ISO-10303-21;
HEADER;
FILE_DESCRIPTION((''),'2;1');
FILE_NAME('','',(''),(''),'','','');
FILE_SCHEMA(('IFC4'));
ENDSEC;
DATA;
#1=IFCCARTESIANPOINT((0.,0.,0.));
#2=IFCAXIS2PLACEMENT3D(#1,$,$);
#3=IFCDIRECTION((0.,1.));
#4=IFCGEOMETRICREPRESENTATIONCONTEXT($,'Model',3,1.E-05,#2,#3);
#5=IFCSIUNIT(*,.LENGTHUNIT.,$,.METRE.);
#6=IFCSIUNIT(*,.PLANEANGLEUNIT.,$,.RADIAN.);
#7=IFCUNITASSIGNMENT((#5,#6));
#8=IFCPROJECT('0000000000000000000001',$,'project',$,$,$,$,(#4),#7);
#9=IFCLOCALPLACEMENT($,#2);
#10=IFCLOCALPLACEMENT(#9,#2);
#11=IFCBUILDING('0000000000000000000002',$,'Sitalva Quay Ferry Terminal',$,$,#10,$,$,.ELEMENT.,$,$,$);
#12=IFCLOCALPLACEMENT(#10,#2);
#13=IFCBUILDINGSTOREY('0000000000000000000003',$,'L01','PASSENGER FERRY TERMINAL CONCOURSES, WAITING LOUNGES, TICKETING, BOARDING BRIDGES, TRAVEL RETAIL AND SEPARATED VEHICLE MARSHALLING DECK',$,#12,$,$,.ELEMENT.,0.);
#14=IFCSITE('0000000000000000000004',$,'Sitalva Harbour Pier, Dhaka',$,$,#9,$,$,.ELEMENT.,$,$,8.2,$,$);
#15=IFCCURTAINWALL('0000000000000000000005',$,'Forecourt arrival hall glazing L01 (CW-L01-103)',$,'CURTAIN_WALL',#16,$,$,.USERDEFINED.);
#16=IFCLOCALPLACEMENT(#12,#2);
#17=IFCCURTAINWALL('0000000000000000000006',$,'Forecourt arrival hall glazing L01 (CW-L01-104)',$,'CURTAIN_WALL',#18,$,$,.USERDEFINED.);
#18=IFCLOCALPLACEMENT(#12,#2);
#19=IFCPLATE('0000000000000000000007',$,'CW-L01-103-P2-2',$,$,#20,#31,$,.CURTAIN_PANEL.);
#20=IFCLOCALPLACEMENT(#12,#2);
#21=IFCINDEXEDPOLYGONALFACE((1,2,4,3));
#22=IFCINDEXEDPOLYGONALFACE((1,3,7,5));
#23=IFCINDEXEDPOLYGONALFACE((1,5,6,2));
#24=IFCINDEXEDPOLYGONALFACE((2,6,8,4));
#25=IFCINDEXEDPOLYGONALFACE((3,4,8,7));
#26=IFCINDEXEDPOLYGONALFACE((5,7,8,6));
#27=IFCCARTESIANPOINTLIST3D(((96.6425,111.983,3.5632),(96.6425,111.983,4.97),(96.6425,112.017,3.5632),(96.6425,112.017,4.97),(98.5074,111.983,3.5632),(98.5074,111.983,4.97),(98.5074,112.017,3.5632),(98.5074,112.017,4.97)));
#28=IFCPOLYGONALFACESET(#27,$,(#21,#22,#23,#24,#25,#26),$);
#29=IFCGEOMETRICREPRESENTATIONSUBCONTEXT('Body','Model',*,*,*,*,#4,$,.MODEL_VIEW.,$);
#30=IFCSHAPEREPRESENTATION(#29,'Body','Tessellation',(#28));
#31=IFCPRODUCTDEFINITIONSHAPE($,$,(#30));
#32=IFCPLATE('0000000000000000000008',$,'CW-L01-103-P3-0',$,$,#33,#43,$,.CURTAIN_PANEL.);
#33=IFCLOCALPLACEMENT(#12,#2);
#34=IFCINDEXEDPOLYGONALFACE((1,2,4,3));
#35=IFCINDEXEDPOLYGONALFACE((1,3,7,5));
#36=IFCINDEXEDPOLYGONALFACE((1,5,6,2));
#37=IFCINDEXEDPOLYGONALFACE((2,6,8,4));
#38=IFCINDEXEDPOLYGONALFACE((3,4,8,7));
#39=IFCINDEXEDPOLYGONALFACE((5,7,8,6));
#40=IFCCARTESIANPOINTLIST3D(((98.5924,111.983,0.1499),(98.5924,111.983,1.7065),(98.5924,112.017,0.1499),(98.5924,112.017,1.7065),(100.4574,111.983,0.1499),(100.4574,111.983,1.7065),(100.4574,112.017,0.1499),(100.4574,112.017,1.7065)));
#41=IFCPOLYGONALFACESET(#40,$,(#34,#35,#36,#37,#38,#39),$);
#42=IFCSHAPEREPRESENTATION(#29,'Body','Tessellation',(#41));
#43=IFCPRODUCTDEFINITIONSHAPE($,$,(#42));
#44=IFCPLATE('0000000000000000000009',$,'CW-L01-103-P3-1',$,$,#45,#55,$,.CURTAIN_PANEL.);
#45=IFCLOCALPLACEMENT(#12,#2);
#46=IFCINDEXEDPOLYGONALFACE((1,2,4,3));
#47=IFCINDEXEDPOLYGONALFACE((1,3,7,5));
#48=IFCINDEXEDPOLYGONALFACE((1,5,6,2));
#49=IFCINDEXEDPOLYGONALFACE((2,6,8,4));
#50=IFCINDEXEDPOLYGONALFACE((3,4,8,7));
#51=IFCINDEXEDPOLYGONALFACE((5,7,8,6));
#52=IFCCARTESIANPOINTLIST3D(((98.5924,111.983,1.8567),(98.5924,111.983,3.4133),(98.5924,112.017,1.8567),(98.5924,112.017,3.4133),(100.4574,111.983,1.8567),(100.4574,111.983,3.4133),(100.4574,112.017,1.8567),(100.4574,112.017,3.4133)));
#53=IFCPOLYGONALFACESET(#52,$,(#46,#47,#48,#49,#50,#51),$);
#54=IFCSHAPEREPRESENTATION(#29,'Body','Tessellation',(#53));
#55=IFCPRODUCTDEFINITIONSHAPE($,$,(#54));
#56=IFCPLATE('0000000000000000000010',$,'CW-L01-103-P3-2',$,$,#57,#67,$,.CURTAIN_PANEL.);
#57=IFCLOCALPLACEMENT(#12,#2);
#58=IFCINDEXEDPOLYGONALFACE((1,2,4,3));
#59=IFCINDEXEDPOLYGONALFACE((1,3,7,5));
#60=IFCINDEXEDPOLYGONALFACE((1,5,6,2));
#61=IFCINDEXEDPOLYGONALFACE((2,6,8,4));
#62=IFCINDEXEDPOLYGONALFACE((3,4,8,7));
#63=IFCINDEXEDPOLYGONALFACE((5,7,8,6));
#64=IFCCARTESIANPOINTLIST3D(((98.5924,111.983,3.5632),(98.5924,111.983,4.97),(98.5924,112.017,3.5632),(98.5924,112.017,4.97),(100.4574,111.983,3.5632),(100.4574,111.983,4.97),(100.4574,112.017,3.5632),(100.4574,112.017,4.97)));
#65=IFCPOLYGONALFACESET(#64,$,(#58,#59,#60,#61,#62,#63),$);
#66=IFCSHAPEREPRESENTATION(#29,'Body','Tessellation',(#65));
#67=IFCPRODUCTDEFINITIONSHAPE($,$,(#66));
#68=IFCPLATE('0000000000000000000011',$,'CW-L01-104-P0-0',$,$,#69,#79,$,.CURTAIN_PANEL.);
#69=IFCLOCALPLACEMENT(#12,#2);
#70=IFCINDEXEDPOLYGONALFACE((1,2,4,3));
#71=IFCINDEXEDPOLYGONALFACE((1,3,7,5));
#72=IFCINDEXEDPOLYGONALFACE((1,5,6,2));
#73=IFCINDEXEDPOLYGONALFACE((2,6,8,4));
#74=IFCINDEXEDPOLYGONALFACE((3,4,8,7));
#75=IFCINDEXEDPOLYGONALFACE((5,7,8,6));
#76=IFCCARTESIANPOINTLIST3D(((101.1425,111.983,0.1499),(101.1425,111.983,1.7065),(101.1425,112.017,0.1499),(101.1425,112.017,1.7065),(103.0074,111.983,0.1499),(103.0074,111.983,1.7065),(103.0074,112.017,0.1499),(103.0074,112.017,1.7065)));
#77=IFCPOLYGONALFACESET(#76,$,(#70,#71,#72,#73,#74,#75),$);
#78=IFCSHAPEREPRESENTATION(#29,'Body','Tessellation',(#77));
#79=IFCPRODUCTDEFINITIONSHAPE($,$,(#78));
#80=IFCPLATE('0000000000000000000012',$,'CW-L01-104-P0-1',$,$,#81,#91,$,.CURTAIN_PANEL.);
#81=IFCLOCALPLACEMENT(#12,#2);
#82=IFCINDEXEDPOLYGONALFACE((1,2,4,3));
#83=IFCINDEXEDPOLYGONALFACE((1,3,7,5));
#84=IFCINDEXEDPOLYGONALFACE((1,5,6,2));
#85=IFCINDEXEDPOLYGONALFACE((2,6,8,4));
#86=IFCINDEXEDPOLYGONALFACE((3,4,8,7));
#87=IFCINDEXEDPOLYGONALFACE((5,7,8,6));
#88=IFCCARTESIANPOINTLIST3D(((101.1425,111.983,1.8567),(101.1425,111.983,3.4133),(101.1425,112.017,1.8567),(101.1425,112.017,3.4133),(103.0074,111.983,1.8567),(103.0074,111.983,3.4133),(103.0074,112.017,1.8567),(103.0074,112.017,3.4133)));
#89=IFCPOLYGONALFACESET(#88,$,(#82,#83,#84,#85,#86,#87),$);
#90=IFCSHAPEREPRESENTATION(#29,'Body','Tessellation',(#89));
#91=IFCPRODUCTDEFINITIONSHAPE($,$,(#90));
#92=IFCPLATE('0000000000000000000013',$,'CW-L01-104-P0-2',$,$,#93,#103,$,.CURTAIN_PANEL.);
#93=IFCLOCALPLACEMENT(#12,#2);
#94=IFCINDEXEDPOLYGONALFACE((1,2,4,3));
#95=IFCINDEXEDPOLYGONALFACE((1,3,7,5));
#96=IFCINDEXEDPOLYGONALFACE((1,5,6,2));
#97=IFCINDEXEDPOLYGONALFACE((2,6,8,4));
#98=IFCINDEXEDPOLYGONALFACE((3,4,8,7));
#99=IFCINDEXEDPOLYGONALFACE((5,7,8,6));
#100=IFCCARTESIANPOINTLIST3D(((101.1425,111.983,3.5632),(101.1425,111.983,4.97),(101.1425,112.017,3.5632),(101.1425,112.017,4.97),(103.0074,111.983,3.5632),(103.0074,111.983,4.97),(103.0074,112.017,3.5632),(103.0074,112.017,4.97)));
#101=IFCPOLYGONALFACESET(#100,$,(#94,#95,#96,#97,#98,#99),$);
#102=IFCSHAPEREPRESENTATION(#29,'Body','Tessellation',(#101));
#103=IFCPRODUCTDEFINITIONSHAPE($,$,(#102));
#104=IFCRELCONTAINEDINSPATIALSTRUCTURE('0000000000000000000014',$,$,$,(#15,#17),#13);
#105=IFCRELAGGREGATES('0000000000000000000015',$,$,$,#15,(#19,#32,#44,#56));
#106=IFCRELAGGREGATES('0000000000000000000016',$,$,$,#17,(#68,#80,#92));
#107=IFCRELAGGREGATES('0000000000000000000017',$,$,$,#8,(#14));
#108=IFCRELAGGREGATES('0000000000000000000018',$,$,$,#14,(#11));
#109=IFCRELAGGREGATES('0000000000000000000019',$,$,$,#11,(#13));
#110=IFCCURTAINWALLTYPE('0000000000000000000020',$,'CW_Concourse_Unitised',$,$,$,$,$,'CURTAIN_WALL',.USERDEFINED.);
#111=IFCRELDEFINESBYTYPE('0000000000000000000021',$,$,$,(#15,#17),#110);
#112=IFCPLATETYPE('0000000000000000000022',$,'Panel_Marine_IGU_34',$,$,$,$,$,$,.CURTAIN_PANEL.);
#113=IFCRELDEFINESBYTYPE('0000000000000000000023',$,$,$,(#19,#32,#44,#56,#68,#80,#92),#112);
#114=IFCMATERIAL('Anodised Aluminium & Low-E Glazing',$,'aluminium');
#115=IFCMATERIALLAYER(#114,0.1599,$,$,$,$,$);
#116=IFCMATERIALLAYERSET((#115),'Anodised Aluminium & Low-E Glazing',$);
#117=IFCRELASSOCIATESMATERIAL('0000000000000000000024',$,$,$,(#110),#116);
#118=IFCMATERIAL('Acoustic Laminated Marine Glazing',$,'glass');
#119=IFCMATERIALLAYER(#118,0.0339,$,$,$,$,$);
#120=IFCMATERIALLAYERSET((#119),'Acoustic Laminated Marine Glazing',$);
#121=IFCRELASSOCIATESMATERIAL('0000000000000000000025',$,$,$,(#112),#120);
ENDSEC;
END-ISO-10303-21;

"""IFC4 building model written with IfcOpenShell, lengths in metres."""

from ifc_helpers import new_model, si_unit, direction, frame, origin, origin_2d, place, context, subcontext, project, spatial, rectangle, extrude, material, layer, layer_set, type_object, element, aggregate, save


model = new_model("IFC4")

# Units and contexts
model_context = context("Model", 3, precision=1e-05, world=origin(), true_north=direction((0.0, 1.0)))
body_context = subcontext(model_context, "Body", "Model", "MODEL_VIEW")
ifc_project = project(units=[si_unit("LENGTHUNIT", "METRE"), si_unit("PLANEANGLEUNIT", "RADIAN")], contexts=[model_context])

# Site, building, storey
site_placement = place(None, origin())
site = spatial("IfcSite", under=ifc_project, at=site_placement, Name="Sitalva Harbour Pier, Dhaka", CompositionType="ELEMENT", RefElevation=8.2)
building_placement = place(site_placement, origin())
building = spatial("IfcBuilding", under=site, at=building_placement, Name="Sitalva Quay Ferry Terminal", CompositionType="ELEMENT")
storey_placement = place(building_placement, origin())
storey = spatial("IfcBuildingStorey", under=building, at=storey_placement, Name="L01", Description="PASSENGER FERRY TERMINAL CONCOURSES, WAITING LOUNGES, TICKETING, BOARDING BRIDGES, TRAVEL RETAIL AND SEPARATED VEHICLE MARSHALLING DECK", CompositionType="ELEMENT", Elevation=0.0)

# Curtain wall
ifc_material_1 = material(Name="Anodised Aluminium & Low-E Glazing", Category="aluminium")
ifc_layer_1 = layer(ifc_material_1, 0.1599)
ifc_layer_set_1 = layer_set([ifc_layer_1], Name="Anodised Aluminium & Low-E Glazing")
curtain_wall_type = type_object("IfcCurtainWallType", Name="CW_Concourse_Unitised", ElementType="CURTAIN_WALL", PredefinedType="USERDEFINED", material=ifc_layer_set_1)
curtain_wall_1_placement = place(storey_placement, origin())
curtain_wall_1 = element("IfcCurtainWall", 1, at=curtain_wall_1_placement, inside=storey, type_object=curtain_wall_type, Name="Forecourt arrival hall glazing L01 (CW-L01-103)", ObjectType="CURTAIN_WALL", PredefinedType="USERDEFINED")

# Curtain wall
curtain_wall_2_placement = place(storey_placement, origin())
curtain_wall_2 = element("IfcCurtainWall", 2, at=curtain_wall_2_placement, inside=storey, type_object=curtain_wall_type, Name="Forecourt arrival hall glazing L01 (CW-L01-104)", ObjectType="CURTAIN_WALL", PredefinedType="USERDEFINED")

# Plates
ifc_material_2 = material(Name="Acoustic Laminated Marine Glazing", Category="glass")
ifc_layer_2 = layer(ifc_material_2, 0.0339)
ifc_layer_set_2 = layer_set([ifc_layer_2], Name="Acoustic Laminated Marine Glazing")
plate_type = type_object("IfcPlateType", Name="Panel_Marine_IGU_34", PredefinedType="CURTAIN_PANEL", material=ifc_layer_set_2)
plate_1_placement = place(storey_placement, frame((97.575, 112.0, 3.5632), z_axis=(0.0, 0.0, 1.0), x_axis=(1.0, 0.0, 0.0)))
plate_1 = element("IfcPlate", 3, at=plate_1_placement, type_object=plate_type, Name="CW-L01-103-P2-2", PredefinedType="CURTAIN_PANEL", context=body_context, shape_type="SweptSolid", body=[
    extrude(rectangle(XDim=1.865, YDim=0.0339, at=origin_2d()), origin(), (0.0, 0.0, 1.0), 1.4067),
])
plate_2_placement = place(storey_placement, frame((99.5249, 112.0, 0.1499), z_axis=(0.0, 0.0, 1.0), x_axis=(1.0, 0.0, 0.0)))
plate_2 = element("IfcPlate", 4, at=plate_2_placement, type_object=plate_type, Name="CW-L01-103-P3-0", PredefinedType="CURTAIN_PANEL", context=body_context, shape_type="SweptSolid", body=[
    extrude(rectangle(XDim=1.865, YDim=0.0339, at=origin_2d()), origin(), (0.0, 0.0, 1.0), 1.5566),
])
plate_3_placement = place(storey_placement, frame((99.5249, 112.0, 1.8567), z_axis=(0.0, 0.0, 1.0), x_axis=(1.0, 0.0, 0.0)))
plate_3 = element("IfcPlate", 5, at=plate_3_placement, type_object=plate_type, Name="CW-L01-103-P3-1", PredefinedType="CURTAIN_PANEL", context=body_context, shape_type="SweptSolid", body=[
    extrude(rectangle(XDim=1.865, YDim=0.0339, at=origin_2d()), origin(), (0.0, 0.0, 1.0), 1.5566),
])
plate_4_placement = place(storey_placement, frame((99.5249, 112.0, 3.5632), z_axis=(0.0, 0.0, 1.0), x_axis=(1.0, 0.0, 0.0)))
plate_4 = element("IfcPlate", 6, at=plate_4_placement, type_object=plate_type, Name="CW-L01-103-P3-2", PredefinedType="CURTAIN_PANEL", context=body_context, shape_type="SweptSolid", body=[
    extrude(rectangle(XDim=1.865, YDim=0.0339, at=origin_2d()), origin(), (0.0, 0.0, 1.0), 1.4067),
])
aggregate(curtain_wall_1, [plate_1, plate_2, plate_3, plate_4])
plate_5_placement = place(storey_placement, frame((102.075, 112.0, 0.1499), z_axis=(0.0, 0.0, 1.0), x_axis=(1.0, 0.0, 0.0)))
plate_5 = element("IfcPlate", 7, at=plate_5_placement, type_object=plate_type, Name="CW-L01-104-P0-0", PredefinedType="CURTAIN_PANEL", context=body_context, shape_type="SweptSolid", body=[
    extrude(rectangle(XDim=1.865, YDim=0.0339, at=origin_2d()), origin(), (0.0, 0.0, 1.0), 1.5566),
])
plate_6_placement = place(storey_placement, frame((102.075, 112.0, 1.8567), z_axis=(0.0, 0.0, 1.0), x_axis=(1.0, 0.0, 0.0)))
plate_6 = element("IfcPlate", 8, at=plate_6_placement, type_object=plate_type, Name="CW-L01-104-P0-1", PredefinedType="CURTAIN_PANEL", context=body_context, shape_type="SweptSolid", body=[
    extrude(rectangle(XDim=1.865, YDim=0.0339, at=origin_2d()), origin(), (0.0, 0.0, 1.0), 1.5566),
])
plate_7_placement = place(storey_placement, frame((102.075, 112.0, 3.5632), z_axis=(0.0, 0.0, 1.0), x_axis=(1.0, 0.0, 0.0)))
plate_7 = element("IfcPlate", 9, at=plate_7_placement, type_object=plate_type, Name="CW-L01-104-P0-2", PredefinedType="CURTAIN_PANEL", context=body_context, shape_type="SweptSolid", body=[
    extrude(rectangle(XDim=1.865, YDim=0.0339, at=origin_2d()), origin(), (0.0, 0.0, 1.0), 1.4067),
])
aggregate(curtain_wall_2, [plate_5, plate_6, plate_7])

save(model, "model.ifc")
